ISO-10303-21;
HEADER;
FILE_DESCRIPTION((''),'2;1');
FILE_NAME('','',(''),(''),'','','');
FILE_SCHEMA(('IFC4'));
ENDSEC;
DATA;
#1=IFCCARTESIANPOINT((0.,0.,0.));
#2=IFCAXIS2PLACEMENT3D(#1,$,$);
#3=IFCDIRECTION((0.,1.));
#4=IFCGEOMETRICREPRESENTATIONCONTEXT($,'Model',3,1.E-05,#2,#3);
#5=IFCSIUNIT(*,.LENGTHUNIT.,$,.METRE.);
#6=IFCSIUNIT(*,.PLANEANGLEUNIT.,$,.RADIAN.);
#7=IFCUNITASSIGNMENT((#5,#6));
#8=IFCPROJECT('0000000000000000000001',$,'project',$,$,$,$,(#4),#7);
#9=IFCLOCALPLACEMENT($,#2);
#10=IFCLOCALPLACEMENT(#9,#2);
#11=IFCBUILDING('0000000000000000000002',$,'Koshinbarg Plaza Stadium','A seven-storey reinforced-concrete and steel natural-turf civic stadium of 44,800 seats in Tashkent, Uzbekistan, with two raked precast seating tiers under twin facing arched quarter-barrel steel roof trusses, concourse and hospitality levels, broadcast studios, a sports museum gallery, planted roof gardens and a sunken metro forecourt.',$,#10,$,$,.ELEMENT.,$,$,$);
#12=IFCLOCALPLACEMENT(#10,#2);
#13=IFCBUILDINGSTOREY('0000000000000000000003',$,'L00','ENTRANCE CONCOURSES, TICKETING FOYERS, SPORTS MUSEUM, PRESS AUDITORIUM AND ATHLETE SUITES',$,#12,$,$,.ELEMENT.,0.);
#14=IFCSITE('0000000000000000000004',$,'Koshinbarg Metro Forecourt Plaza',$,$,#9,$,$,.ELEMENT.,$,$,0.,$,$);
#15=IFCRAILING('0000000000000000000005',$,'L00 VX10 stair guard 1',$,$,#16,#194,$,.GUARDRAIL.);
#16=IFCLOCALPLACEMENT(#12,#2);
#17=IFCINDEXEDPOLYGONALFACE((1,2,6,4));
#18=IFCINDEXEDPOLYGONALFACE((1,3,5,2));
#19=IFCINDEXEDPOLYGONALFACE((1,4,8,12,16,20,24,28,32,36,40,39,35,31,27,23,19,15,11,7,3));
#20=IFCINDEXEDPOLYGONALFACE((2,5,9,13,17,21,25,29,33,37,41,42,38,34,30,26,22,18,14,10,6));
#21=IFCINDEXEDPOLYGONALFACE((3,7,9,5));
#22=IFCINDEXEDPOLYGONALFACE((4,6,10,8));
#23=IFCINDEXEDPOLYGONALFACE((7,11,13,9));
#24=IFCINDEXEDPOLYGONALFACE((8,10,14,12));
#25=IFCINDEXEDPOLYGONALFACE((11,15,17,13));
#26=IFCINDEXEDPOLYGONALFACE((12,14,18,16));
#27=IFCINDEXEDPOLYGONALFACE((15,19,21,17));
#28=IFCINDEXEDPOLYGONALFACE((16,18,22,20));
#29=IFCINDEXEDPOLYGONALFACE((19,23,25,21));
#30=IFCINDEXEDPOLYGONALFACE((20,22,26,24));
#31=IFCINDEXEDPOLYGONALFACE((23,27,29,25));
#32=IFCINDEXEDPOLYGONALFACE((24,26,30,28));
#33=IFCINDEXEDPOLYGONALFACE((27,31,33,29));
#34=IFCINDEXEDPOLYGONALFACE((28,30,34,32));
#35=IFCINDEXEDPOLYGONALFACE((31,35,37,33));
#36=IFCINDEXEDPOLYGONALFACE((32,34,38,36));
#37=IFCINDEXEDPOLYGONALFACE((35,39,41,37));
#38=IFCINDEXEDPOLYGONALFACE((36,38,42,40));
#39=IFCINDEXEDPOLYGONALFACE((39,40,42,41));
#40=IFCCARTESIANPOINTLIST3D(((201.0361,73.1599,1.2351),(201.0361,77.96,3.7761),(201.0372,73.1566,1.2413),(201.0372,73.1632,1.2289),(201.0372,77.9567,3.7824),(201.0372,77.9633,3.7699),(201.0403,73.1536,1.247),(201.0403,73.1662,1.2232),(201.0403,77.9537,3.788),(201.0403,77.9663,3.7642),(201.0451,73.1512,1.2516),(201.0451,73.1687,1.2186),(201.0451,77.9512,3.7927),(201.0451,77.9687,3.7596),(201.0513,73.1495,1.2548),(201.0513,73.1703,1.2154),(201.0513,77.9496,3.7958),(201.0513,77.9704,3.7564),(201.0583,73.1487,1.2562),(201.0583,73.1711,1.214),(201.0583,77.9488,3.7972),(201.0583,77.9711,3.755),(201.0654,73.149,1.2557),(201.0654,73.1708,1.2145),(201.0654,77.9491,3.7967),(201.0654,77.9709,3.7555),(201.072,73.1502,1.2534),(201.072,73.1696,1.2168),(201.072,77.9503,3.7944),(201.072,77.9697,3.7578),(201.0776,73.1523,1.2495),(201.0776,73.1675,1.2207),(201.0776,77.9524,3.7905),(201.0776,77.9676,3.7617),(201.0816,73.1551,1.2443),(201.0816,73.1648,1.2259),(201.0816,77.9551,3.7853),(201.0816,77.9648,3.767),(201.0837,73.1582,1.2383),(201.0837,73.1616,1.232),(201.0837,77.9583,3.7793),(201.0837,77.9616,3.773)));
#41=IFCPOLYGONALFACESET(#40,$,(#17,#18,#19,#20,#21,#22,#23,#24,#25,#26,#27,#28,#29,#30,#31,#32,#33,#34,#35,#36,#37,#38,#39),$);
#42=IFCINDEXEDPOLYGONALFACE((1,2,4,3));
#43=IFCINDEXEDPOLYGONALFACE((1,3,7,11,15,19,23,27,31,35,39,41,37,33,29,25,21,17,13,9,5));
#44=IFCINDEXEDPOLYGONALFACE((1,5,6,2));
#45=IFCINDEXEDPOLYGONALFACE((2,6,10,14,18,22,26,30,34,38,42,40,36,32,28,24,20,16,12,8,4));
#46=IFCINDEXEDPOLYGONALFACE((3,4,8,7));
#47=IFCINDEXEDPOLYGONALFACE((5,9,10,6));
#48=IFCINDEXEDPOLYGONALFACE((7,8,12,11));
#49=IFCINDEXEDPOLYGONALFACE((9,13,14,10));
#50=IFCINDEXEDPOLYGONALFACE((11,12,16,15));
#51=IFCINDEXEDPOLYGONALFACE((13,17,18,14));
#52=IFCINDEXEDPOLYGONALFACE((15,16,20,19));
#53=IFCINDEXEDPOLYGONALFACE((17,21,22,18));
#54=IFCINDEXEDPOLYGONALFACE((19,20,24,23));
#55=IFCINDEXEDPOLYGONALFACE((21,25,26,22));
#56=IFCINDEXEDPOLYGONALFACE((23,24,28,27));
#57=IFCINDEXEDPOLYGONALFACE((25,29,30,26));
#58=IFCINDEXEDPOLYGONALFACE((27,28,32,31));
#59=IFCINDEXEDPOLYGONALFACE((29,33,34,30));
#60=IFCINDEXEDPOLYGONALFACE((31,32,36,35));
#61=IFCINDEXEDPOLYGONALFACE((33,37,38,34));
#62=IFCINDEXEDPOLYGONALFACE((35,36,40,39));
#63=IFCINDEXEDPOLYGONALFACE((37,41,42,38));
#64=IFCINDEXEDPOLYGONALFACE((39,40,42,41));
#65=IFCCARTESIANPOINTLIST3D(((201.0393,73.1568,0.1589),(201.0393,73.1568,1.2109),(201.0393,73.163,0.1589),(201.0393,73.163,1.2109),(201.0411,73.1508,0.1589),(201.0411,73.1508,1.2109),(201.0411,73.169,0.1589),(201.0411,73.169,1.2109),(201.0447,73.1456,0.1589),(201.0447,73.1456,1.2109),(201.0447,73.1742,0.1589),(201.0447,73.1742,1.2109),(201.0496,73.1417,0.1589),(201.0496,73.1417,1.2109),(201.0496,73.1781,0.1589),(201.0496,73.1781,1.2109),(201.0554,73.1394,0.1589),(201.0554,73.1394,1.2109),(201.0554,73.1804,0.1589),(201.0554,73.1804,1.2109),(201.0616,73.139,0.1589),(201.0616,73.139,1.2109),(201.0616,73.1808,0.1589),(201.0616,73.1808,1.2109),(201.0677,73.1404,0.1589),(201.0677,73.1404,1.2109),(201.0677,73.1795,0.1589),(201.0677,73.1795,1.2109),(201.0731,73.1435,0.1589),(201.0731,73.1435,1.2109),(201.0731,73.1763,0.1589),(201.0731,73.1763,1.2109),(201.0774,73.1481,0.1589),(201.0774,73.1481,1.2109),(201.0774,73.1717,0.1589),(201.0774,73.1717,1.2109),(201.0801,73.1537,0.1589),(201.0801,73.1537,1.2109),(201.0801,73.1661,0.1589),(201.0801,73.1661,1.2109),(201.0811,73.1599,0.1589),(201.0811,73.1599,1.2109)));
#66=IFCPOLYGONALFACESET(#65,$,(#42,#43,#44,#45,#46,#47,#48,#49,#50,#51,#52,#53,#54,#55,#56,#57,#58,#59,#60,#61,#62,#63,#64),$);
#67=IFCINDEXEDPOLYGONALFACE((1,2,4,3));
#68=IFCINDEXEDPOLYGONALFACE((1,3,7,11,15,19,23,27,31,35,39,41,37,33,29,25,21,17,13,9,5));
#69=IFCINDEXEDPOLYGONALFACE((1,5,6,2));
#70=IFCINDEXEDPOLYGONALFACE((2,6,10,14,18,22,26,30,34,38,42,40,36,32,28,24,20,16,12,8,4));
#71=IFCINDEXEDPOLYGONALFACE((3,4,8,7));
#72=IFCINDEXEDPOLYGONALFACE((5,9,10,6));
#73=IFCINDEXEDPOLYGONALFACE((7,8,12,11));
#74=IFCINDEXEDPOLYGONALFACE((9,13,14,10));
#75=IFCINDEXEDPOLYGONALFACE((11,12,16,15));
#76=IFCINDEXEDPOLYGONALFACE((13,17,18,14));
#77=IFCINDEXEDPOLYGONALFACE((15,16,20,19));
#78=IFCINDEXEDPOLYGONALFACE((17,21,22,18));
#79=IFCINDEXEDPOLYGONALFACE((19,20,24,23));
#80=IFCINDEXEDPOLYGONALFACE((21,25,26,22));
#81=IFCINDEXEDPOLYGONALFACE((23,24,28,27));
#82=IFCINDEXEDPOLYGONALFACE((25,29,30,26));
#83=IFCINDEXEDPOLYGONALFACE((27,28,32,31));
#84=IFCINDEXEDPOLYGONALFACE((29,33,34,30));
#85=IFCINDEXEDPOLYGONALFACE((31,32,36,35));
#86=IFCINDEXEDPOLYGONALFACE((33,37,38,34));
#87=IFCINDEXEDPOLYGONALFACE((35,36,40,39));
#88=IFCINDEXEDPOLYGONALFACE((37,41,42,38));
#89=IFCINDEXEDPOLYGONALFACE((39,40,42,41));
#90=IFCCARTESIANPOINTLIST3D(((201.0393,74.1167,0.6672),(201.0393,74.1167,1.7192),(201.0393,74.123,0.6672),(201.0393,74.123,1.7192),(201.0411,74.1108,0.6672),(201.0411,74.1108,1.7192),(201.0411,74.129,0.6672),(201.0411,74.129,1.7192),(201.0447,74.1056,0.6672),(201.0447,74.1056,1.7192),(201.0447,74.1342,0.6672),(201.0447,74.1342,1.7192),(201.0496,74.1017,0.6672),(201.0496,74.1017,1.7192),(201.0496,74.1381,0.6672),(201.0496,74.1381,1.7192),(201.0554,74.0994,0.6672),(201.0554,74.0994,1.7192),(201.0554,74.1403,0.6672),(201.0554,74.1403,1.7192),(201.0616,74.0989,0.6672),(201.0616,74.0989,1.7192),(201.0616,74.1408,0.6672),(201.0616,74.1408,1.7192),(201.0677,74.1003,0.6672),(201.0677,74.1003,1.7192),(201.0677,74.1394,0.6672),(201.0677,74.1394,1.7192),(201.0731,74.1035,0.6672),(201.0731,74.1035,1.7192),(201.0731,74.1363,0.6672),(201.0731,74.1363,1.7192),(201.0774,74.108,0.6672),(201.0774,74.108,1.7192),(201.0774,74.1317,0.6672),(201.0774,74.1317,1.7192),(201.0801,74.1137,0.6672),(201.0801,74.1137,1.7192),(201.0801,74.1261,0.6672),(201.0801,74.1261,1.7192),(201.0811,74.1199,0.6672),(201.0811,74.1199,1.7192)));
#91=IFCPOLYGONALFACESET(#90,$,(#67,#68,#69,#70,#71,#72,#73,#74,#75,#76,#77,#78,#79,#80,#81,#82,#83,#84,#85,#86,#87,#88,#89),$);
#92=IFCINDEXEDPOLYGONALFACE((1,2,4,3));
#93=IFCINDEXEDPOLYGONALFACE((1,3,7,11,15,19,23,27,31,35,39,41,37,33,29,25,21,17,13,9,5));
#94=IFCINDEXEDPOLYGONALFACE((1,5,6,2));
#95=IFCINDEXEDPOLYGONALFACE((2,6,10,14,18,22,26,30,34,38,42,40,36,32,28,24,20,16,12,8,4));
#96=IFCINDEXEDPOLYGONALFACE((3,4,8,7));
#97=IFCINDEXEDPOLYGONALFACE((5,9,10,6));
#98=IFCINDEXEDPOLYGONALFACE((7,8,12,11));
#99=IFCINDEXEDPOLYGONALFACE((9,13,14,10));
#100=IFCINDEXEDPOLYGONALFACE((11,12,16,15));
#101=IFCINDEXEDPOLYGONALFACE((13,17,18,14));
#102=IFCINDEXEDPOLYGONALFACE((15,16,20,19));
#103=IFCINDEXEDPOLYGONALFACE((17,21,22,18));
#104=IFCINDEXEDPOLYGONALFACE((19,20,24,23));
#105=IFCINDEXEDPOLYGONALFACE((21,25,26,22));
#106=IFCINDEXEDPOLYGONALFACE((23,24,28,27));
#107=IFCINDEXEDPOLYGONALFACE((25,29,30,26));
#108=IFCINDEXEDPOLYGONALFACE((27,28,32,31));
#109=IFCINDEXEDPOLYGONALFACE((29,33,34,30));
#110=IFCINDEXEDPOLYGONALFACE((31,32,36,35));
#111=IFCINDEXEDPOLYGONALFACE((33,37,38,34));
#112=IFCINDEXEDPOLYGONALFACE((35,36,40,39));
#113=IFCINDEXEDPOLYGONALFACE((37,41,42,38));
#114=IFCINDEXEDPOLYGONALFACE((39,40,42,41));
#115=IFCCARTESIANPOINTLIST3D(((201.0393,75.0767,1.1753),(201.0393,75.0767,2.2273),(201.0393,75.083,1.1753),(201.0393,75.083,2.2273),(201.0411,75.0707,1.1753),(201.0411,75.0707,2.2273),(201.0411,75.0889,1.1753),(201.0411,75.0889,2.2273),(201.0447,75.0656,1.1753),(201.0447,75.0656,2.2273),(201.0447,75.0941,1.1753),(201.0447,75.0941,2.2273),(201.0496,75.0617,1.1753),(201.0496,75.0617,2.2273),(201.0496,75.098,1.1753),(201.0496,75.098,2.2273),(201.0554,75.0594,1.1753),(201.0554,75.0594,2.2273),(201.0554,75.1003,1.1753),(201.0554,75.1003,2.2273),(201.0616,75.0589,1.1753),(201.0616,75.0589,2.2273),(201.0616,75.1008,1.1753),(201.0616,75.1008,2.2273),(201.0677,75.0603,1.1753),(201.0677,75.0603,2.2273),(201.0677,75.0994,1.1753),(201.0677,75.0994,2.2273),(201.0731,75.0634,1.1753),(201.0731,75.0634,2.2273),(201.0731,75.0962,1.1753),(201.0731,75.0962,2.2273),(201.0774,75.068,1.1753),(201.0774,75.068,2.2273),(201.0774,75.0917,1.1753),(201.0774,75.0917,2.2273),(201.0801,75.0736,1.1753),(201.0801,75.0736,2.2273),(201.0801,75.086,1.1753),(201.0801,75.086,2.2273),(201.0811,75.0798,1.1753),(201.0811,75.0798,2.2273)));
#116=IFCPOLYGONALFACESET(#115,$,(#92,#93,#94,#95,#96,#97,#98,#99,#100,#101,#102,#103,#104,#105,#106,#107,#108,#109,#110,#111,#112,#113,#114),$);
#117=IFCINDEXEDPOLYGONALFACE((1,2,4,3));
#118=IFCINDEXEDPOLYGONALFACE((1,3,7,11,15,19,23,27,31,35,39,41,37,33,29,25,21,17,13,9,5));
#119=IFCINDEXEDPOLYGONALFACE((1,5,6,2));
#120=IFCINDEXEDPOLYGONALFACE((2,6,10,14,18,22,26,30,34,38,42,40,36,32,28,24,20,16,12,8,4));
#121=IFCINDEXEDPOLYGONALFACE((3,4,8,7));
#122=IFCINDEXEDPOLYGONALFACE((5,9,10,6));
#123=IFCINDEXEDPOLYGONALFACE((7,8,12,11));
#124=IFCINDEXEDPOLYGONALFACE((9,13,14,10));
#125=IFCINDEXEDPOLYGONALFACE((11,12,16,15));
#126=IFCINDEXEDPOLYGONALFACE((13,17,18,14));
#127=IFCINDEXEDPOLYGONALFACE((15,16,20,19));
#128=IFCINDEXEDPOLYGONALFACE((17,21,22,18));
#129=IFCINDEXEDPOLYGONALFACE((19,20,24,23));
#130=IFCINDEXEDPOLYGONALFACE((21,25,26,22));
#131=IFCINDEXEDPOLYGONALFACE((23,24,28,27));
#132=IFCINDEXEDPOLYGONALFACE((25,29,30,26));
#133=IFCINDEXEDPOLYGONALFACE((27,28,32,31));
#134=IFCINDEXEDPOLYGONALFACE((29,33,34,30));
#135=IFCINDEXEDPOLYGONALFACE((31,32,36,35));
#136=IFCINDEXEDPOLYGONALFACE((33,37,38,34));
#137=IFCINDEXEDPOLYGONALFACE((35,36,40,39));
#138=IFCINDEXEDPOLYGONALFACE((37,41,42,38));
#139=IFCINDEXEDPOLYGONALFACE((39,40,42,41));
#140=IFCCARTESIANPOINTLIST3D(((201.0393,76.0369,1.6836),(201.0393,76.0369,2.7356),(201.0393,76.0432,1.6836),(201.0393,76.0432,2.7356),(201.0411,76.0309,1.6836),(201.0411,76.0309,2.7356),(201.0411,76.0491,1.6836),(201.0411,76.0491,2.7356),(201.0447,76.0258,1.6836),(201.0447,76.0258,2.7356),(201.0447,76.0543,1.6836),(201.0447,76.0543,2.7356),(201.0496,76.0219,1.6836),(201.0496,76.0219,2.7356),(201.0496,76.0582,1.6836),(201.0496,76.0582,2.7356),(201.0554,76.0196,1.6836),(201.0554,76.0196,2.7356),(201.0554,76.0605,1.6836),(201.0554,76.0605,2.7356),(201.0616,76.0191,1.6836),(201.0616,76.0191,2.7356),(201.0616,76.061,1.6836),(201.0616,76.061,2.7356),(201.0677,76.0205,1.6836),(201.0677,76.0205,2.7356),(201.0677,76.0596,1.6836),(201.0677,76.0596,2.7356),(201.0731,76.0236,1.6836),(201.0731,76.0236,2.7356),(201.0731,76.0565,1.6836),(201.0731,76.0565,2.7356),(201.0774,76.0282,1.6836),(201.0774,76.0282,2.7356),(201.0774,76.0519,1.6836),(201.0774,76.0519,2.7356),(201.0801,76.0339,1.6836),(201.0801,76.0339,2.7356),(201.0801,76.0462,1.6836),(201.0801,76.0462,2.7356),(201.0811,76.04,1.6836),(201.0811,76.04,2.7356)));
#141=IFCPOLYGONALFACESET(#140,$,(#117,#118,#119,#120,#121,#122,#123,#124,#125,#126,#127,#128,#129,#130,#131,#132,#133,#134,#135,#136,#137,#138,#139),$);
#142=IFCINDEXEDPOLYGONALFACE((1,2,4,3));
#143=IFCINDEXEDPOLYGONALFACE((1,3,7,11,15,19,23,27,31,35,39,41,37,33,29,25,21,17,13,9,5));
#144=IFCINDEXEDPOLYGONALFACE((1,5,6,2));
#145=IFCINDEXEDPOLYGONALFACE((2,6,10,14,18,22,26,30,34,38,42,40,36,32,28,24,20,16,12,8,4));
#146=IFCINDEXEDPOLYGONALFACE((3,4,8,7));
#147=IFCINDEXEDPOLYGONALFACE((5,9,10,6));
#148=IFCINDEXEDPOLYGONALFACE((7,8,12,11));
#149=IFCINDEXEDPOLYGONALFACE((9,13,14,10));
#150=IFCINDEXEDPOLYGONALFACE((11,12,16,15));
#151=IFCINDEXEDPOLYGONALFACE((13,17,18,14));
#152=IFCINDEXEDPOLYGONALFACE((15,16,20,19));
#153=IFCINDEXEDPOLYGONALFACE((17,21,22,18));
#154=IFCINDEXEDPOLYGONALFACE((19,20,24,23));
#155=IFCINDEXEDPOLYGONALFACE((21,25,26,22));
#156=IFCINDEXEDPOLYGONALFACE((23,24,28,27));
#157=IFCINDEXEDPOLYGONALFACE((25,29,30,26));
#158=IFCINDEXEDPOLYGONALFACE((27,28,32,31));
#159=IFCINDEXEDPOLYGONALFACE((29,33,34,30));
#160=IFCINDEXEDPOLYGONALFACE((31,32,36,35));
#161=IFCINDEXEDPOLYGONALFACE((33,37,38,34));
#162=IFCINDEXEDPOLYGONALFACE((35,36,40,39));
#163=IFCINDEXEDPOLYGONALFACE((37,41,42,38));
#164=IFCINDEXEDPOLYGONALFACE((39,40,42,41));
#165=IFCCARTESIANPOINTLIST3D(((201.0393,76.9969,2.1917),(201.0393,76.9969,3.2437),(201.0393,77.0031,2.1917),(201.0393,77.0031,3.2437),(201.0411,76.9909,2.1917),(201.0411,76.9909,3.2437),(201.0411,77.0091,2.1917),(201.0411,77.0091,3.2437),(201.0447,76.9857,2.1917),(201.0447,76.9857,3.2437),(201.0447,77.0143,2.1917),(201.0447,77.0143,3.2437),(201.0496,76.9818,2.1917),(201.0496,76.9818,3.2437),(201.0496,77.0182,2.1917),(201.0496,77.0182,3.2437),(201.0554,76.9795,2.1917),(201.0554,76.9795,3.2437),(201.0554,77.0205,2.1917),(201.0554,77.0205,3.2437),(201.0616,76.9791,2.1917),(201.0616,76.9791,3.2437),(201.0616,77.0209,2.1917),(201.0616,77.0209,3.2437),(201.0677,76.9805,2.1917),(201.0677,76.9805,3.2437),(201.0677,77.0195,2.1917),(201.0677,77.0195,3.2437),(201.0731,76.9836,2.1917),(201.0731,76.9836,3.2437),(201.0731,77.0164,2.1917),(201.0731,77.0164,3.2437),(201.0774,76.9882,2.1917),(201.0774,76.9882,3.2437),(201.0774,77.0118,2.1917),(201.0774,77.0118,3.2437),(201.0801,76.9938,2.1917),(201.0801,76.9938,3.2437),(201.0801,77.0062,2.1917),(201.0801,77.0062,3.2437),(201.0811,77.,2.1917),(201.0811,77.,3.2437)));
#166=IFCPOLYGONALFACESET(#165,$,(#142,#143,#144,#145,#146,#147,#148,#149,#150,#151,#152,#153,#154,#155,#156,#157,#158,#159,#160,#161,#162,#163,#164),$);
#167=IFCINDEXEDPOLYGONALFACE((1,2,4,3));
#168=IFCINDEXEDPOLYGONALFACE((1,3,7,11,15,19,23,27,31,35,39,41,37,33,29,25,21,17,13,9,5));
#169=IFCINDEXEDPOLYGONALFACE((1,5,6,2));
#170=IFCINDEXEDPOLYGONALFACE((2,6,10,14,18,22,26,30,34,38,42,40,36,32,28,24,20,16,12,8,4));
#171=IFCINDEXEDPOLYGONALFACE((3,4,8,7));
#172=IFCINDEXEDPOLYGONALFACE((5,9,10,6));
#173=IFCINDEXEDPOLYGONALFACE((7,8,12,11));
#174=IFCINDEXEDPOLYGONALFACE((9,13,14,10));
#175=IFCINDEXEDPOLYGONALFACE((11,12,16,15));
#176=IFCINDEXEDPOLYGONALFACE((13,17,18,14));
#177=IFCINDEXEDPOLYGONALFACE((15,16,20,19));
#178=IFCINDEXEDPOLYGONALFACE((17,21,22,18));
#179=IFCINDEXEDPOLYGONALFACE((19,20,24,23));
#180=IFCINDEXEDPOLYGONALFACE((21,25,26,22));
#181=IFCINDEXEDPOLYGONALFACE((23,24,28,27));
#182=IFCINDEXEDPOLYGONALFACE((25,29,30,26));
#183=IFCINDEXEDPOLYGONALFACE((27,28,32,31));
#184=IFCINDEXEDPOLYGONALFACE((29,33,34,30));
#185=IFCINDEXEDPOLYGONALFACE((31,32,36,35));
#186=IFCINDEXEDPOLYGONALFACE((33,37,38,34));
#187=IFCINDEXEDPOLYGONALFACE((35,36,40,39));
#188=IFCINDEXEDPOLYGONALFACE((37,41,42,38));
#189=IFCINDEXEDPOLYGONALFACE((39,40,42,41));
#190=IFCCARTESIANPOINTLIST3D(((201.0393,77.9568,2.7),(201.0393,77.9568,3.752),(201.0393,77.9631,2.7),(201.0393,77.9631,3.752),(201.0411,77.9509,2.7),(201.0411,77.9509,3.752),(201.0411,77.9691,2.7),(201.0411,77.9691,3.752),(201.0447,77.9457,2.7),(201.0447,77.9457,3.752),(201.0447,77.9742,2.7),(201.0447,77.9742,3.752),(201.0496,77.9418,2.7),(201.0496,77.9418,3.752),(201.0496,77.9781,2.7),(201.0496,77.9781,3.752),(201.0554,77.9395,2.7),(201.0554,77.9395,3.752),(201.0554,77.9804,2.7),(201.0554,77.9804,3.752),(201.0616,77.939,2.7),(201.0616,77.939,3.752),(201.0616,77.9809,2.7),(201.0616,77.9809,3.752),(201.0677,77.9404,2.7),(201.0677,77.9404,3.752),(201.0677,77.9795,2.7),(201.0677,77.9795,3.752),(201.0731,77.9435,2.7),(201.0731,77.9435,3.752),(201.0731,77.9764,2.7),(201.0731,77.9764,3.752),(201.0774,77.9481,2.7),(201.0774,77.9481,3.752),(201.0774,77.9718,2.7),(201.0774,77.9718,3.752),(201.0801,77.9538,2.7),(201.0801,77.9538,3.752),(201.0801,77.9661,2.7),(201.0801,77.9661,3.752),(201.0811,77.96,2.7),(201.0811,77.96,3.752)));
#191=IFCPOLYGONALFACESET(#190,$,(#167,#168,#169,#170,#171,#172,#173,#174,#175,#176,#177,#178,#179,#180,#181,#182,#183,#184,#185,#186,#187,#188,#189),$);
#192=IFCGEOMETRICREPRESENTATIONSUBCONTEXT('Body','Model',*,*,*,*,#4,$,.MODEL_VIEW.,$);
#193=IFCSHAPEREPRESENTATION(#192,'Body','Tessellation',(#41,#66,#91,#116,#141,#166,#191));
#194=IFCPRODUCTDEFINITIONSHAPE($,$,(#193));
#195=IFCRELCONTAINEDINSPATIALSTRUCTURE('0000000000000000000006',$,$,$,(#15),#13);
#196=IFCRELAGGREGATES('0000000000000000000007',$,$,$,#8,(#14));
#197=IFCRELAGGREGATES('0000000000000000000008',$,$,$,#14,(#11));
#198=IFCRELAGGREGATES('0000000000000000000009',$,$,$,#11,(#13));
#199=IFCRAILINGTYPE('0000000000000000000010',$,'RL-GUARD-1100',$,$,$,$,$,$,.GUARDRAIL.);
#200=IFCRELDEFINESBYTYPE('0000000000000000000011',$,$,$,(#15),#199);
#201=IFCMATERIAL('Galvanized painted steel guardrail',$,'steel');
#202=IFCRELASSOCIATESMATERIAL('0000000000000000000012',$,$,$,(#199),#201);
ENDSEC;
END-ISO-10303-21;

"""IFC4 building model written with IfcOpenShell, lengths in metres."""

from ifc_helpers import new_model, si_unit, direction, frame, origin, origin_2d, place, context, subcontext, project, spatial, circle, extrude, material, type_object, element, save


model = new_model("IFC4")

# Units and contexts
model_context = context("Model", 3, precision=1e-05, world=origin(), true_north=direction((0.0, 1.0)))
body_context = subcontext(model_context, "Body", "Model", "MODEL_VIEW")
ifc_project = project(units=[si_unit("LENGTHUNIT", "METRE"), si_unit("PLANEANGLEUNIT", "RADIAN")], contexts=[model_context])

# Site, building, storey
site_placement = place(None, origin())
site = spatial("IfcSite", under=ifc_project, at=site_placement, Name="Koshinbarg Metro Forecourt Plaza", CompositionType="ELEMENT", RefElevation=0.0)
building_placement = place(site_placement, origin())
building = spatial("IfcBuilding", under=site, at=building_placement, Name="Koshinbarg Plaza Stadium", Description="A seven-storey reinforced-concrete and steel natural-turf civic stadium of 44,800 seats in Tashkent, Uzbekistan, with two raked precast seating tiers under twin facing arched quarter-barrel steel roof trusses, concourse and hospitality levels, broadcast studios, a sports museum gallery, planted roof gardens and a sunken metro forecourt.", CompositionType="ELEMENT")
storey_placement = place(building_placement, origin())
storey = spatial("IfcBuildingStorey", under=building, at=storey_placement, Name="L00", Description="ENTRANCE CONCOURSES, TICKETING FOYERS, SPORTS MUSEUM, PRESS AUDITORIUM AND ATHLETE SUITES", CompositionType="ELEMENT", Elevation=0.0)

# Railing
ifc_material_1 = material(Name="Galvanized painted steel guardrail", Category="steel")
railing_type_1 = type_object("IfcRailingType", Name="RL-GUARD-1100", PredefinedType="GUARDRAIL", material=ifc_material_1)
railing_1_placement = place(storey_placement, frame((201.0601, 73.1599, 0.1589)))
element("IfcRailing", 1, at=railing_1_placement, inside=storey, type_object=railing_type_1, Name="L00 VX10 stair guard 1", PredefinedType="GUARDRAIL", context=body_context, shape_type="SweptSolid", body=[
    extrude(circle(Radius=0.0239, at=origin_2d()), frame((0.0, 0.0, 1.0762), z_axis=(0.0, 0.883802, 0.467861), x_axis=(-1.0, 0.0, 0.0)), (0.0, 0.0, 1.0), 5.4312),
    extrude(circle(Radius=0.021, at=origin_2d()), origin(), (0.0, 0.0, 1.0), 1.052),
    extrude(circle(Radius=0.021, at=origin_2d()), frame((0.0, 0.96, 0.5083)), (0.0, 0.0, 1.0), 1.052),
    extrude(circle(Radius=0.021, at=origin_2d()), frame((0.0, 1.9199, 1.0164)), (0.0, 0.0, 1.0), 1.052),
    extrude(circle(Radius=0.021, at=origin_2d()), frame((0.0, 2.8801, 1.5247)), (0.0, 0.0, 1.0), 1.052),
    extrude(circle(Radius=0.021, at=origin_2d()), frame((0.0, 3.8401, 2.0327)), (0.0, 0.0, 1.0), 1.052),
    extrude(circle(Radius=0.021, at=origin_2d()), frame((0.0, 4.8, 2.541)), (0.0, 0.0, 1.0), 1.052),
])

save(model, "model.ifc")
